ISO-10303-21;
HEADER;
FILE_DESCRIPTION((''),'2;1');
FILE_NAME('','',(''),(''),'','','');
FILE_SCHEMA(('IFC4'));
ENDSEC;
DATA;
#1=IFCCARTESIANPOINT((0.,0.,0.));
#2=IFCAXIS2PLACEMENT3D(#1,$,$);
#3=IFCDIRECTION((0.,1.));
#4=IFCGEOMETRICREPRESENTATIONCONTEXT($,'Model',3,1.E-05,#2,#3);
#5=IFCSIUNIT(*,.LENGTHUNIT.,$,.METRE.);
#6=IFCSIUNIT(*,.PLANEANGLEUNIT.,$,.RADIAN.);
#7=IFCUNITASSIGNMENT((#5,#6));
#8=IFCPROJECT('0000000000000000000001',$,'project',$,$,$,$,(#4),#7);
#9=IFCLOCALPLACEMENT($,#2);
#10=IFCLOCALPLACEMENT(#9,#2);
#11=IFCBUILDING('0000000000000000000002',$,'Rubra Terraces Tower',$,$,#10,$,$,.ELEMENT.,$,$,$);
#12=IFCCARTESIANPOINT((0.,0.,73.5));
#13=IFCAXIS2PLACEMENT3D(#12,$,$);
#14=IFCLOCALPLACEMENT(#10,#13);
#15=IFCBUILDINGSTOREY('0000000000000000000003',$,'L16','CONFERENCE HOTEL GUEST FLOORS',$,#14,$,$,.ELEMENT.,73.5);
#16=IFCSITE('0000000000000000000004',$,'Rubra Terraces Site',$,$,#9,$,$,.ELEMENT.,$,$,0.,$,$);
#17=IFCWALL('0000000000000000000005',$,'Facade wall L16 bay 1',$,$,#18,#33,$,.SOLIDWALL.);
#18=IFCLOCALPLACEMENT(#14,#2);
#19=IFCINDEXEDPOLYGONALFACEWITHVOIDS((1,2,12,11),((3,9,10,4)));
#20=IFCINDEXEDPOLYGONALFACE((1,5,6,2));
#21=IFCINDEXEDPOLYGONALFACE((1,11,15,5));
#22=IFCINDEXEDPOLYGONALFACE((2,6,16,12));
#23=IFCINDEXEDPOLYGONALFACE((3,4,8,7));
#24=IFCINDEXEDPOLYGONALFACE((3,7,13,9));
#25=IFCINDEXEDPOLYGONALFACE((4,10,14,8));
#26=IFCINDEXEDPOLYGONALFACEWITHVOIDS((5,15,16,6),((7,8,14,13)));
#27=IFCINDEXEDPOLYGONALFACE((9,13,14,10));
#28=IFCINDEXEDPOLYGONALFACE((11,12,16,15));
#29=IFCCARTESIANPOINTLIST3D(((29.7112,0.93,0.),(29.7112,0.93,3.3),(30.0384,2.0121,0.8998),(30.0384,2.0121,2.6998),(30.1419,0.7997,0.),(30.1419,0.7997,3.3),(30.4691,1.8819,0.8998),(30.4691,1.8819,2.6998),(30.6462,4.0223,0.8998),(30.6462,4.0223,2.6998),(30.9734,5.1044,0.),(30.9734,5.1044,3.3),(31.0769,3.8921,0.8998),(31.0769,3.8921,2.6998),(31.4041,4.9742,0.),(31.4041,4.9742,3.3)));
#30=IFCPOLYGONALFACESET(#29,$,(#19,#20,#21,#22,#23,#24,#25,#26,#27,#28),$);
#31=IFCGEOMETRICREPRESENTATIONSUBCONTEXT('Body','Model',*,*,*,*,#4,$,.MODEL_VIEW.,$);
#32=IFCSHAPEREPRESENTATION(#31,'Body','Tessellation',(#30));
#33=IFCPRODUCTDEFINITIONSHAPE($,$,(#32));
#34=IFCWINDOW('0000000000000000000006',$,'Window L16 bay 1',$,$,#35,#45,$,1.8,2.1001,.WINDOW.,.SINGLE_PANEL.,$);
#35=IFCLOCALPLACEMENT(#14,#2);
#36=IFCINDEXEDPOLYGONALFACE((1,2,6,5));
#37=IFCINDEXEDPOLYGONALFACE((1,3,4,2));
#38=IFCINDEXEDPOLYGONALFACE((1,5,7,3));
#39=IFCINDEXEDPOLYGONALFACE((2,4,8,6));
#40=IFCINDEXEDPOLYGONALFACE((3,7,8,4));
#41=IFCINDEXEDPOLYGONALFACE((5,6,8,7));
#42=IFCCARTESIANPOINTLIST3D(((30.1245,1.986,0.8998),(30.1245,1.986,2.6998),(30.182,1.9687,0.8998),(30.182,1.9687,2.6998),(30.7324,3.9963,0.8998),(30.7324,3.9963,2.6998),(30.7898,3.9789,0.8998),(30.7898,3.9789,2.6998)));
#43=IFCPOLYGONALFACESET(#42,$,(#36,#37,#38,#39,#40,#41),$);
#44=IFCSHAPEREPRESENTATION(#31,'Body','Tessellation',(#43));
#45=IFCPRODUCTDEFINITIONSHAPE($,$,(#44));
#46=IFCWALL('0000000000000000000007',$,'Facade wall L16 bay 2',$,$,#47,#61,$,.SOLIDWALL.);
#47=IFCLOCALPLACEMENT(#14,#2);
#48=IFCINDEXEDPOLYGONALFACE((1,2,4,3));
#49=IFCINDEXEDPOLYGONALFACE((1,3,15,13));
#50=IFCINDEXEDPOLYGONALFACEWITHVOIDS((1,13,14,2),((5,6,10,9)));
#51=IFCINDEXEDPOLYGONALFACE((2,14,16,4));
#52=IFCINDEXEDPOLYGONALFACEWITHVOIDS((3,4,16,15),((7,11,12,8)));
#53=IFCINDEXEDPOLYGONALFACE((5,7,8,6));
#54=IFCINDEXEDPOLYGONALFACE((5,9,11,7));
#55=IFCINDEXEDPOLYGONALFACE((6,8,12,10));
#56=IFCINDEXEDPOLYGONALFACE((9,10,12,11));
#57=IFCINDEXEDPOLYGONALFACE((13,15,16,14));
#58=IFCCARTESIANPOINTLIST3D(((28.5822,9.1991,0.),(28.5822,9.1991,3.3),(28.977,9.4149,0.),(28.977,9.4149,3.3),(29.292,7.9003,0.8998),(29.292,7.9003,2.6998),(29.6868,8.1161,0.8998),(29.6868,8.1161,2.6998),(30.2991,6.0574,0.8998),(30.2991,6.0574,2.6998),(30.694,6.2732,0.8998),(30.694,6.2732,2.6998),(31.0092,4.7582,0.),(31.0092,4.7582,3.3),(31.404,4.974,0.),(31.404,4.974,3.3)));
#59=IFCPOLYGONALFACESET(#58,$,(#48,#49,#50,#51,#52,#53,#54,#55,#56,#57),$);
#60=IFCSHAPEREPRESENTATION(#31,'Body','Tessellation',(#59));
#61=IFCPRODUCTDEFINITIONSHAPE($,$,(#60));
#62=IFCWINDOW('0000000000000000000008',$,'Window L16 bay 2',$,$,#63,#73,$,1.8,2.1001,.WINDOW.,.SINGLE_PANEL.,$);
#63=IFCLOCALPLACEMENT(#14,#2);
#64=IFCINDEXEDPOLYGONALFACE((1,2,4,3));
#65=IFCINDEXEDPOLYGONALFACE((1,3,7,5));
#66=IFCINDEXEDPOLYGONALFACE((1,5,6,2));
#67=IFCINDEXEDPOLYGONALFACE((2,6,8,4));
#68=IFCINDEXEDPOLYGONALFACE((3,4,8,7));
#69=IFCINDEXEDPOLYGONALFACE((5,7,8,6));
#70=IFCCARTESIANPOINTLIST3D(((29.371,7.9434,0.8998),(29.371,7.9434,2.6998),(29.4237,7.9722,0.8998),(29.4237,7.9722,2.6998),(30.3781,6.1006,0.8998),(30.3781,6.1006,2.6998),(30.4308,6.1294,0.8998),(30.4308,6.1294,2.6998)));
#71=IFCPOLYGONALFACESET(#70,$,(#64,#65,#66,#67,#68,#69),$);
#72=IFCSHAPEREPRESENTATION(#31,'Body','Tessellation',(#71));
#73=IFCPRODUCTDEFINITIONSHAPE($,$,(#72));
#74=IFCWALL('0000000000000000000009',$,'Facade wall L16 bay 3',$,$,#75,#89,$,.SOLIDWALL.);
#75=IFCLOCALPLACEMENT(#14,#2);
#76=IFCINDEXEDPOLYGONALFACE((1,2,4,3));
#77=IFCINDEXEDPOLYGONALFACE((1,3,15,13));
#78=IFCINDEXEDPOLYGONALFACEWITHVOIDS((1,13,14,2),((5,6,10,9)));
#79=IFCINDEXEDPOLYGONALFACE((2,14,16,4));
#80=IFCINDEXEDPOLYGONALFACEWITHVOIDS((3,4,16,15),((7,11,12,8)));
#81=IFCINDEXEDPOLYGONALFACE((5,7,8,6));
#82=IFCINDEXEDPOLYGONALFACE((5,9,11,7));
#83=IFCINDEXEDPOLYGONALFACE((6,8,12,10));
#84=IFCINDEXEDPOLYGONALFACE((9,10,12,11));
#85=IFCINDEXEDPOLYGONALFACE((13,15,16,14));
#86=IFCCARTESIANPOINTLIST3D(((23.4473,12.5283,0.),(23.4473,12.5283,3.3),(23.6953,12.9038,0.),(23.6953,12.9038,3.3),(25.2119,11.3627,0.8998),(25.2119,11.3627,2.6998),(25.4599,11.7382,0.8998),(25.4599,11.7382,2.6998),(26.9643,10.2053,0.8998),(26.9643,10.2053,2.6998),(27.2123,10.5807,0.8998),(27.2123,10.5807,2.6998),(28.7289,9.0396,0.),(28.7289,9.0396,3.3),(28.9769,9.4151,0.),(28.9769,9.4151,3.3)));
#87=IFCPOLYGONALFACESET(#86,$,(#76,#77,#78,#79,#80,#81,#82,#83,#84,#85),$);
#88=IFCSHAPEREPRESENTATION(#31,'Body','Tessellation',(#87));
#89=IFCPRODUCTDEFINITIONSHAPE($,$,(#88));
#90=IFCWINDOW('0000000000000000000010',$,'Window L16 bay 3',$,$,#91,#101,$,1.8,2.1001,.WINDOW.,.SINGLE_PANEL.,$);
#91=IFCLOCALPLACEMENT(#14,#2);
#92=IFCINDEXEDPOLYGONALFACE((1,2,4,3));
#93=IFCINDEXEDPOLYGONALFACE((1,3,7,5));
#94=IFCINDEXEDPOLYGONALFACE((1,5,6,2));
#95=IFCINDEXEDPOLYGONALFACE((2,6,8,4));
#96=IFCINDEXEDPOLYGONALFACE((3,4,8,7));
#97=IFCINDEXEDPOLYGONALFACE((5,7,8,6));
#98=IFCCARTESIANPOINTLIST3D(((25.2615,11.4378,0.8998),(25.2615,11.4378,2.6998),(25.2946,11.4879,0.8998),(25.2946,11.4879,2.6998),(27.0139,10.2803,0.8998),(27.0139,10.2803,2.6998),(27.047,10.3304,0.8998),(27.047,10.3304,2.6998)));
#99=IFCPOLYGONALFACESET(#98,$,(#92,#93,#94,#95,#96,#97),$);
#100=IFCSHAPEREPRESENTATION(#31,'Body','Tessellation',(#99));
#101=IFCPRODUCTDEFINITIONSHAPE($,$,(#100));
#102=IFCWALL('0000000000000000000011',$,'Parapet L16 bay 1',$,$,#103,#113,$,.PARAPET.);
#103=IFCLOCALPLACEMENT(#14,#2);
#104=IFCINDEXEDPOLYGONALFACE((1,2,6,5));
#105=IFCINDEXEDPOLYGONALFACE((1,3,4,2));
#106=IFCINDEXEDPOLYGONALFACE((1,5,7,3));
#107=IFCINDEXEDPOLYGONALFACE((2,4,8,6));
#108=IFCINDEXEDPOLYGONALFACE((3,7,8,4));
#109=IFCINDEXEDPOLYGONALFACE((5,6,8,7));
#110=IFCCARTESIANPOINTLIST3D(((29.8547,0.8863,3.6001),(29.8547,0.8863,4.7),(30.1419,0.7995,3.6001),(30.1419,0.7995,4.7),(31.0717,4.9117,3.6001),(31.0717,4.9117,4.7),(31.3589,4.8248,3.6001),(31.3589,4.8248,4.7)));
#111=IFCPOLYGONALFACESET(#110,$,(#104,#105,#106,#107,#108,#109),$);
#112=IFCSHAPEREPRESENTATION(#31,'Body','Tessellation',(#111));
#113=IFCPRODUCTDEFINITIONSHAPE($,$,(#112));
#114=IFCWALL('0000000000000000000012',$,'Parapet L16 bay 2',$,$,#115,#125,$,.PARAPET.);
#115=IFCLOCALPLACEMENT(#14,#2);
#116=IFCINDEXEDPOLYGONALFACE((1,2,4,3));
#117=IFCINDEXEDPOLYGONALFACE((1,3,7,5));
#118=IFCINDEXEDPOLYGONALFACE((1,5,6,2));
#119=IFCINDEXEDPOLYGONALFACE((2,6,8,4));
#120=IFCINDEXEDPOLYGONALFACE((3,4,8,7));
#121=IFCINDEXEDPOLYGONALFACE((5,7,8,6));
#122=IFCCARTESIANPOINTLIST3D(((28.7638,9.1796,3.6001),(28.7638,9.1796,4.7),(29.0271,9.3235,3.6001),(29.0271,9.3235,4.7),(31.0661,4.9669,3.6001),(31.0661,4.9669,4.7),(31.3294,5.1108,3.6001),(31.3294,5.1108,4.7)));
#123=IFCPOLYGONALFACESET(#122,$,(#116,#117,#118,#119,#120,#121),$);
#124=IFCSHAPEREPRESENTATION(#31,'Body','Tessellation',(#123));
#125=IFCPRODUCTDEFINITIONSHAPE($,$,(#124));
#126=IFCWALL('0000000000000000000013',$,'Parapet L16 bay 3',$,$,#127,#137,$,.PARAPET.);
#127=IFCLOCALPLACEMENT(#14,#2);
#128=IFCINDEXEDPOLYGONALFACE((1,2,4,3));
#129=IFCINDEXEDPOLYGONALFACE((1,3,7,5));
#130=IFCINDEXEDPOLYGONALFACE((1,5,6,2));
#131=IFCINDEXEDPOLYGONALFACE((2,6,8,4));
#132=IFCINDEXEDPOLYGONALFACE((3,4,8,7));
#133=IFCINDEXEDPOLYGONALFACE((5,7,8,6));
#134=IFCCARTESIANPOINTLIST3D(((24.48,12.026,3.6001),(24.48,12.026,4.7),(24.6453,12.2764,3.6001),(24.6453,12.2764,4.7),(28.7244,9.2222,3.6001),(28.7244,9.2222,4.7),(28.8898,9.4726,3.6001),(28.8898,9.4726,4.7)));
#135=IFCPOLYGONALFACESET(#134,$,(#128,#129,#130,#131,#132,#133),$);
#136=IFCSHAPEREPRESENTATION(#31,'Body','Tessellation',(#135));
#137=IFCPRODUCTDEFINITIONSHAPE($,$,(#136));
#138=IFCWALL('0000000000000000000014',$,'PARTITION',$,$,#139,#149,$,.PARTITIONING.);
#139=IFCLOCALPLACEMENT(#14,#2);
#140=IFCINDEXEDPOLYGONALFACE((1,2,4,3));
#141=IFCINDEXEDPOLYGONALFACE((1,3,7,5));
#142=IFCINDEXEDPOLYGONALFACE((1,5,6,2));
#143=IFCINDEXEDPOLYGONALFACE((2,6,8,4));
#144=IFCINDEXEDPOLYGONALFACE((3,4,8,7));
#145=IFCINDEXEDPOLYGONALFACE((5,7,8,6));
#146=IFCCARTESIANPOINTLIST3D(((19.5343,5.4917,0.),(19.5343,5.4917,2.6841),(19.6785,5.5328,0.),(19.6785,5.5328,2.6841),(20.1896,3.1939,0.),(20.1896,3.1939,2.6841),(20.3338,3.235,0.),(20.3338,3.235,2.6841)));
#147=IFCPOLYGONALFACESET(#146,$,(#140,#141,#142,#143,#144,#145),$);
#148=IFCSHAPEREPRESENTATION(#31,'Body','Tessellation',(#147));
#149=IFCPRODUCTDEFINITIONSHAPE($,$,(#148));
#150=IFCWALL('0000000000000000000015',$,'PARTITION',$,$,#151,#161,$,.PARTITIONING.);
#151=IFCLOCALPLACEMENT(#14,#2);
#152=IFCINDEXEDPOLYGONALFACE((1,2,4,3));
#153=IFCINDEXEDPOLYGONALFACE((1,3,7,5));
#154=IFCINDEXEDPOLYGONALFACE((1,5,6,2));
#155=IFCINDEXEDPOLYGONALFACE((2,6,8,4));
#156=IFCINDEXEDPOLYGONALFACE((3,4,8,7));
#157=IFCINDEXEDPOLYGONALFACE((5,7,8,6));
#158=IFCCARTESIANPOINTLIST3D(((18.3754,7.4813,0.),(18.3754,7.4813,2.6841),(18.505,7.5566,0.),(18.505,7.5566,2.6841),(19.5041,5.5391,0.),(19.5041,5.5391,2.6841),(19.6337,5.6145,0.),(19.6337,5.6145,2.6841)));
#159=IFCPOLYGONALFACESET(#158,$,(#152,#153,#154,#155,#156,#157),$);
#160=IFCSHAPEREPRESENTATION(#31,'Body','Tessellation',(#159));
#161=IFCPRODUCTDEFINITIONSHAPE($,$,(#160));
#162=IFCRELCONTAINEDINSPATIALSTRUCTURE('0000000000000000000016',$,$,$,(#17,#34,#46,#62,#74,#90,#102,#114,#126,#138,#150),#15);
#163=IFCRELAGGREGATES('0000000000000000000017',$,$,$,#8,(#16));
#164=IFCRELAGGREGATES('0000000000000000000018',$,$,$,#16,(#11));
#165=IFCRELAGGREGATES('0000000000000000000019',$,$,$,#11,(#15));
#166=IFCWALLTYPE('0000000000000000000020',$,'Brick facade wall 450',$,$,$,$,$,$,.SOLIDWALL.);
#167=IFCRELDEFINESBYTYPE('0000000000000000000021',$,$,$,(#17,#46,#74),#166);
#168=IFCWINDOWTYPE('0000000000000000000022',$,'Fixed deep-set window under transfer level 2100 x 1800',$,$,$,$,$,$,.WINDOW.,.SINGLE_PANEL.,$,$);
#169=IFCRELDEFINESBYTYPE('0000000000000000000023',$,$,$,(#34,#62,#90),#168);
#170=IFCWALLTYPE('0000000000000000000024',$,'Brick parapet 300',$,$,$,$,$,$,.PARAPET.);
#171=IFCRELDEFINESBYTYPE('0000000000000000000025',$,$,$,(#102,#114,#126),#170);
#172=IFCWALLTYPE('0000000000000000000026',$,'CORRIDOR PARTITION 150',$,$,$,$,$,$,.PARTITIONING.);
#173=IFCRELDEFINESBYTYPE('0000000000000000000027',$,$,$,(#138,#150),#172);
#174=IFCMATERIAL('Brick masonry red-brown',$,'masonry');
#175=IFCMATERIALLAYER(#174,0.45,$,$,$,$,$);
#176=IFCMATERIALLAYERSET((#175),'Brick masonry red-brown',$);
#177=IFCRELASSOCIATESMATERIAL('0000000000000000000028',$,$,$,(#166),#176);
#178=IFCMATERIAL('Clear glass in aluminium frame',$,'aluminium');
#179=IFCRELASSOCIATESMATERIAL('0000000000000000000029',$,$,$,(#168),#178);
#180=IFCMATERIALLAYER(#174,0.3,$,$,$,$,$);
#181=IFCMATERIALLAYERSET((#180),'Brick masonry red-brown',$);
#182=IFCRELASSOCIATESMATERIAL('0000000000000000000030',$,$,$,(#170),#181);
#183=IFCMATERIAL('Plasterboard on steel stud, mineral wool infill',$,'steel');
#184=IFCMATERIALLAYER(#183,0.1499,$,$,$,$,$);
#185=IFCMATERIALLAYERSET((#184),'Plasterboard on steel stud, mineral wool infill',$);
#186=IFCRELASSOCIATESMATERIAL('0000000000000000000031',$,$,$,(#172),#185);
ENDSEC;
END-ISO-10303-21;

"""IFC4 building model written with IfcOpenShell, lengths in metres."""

from ifc_helpers import new_model, si_unit, direction, frame, frame_2d, origin, place, context, subcontext, project, spatial, rectangle, extrude, material, layer, layer_set, type_object, element, fill, save


model = new_model("IFC4")

# Units and contexts
model_context = context("Model", 3, precision=1e-05, world=origin(), true_north=direction((0.0, 1.0)))
body_context = subcontext(model_context, "Body", "Model", "MODEL_VIEW")
ifc_project = project(units=[si_unit("LENGTHUNIT", "METRE"), si_unit("PLANEANGLEUNIT", "RADIAN")], contexts=[model_context])

# Site, building, storey
site_placement = place(None, origin())
site = spatial("IfcSite", under=ifc_project, at=site_placement, Name="Rubra Terraces Site", CompositionType="ELEMENT", RefElevation=0.0)
building_placement = place(site_placement, origin())
building = spatial("IfcBuilding", under=site, at=building_placement, Name="Rubra Terraces Tower", CompositionType="ELEMENT")
storey_placement = place(building_placement, frame((0.0, 0.0, 73.5)))
storey = spatial("IfcBuildingStorey", under=building, at=storey_placement, Name="L16", Description="CONFERENCE HOTEL GUEST FLOORS", CompositionType="ELEMENT", Elevation=73.5)

# Walls, openings, windows
ifc_material_1 = material(Name="Brick masonry red-brown", Category="masonry")
ifc_layer_1 = layer(ifc_material_1, 0.45)
ifc_layer_set_1 = layer_set([ifc_layer_1], Name="Brick masonry red-brown")
wall_type_1 = type_object("IfcWallType", Name="Brick facade wall 450", PredefinedType="SOLIDWALL", material=ifc_layer_set_1)
wall_1_placement = place(storey_placement, frame((29.9265, 0.8647, 0.0), z_axis=(0.0, 0.0, 1.0), x_axis=(0.289432, 0.957198, 0.0)))
wall_1 = element("IfcWall", 1, at=wall_1_placement, inside=storey, type_object=wall_type_1, Name="Facade wall L16 bay 1", PredefinedType="SOLIDWALL", context=body_context, shape_type="SweptSolid", body=[
    extrude(rectangle(XDim=4.3611, YDim=0.45, at=frame_2d((2.1807, 0.0))), origin(), (0.0, 0.0, 1.0), 3.3),
])
opening_1_placement = place(wall_1_placement, frame((1.1306, 0.0, 0.8999)))
opening_1 = element("IfcOpeningElement", 2, at=opening_1_placement, cuts=wall_1, PredefinedType="OPENING", context=body_context, shape_type="SweptSolid", body=[
    extrude(rectangle(XDim=2.1001, YDim=1.8, at=frame_2d((1.05, 0.8999))), frame((0.0, 0.2349, 0.0), z_axis=(0.0, -1.0, 0.0), x_axis=(1.0, 0.0, 0.0)), (0.0, 0.0, 1.0), 0.47),
])
ifc_material_2 = material(Name="Clear glass in aluminium frame", Category="aluminium")
window_type = type_object("IfcWindowType", Name="Fixed deep-set window under transfer level 2100 x 1800", PartitioningType="SINGLE_PANEL", PredefinedType="WINDOW", material=ifc_material_2)
window_1_placement = place(opening_1_placement, origin())
window_1 = element("IfcWindow", 3, at=window_1_placement, inside=storey, type_object=window_type, Name="Window L16 bay 1", OverallHeight=1.8, OverallWidth=2.1001, PartitioningType="SINGLE_PANEL", PredefinedType="WINDOW", context=body_context, shape_type="SweptSolid", body=[
    extrude(rectangle(XDim=2.1001, YDim=1.8, at=frame_2d((1.05, 0.8999))), frame((0.0, 0.135, 0.0), z_axis=(0.0, -1.0, 0.0), x_axis=(1.0, 0.0, 0.0)), (0.0, 0.0, 1.0), 0.0601),
])
fill(opening_1, window_1)
wall_2_placement = place(storey_placement, frame((31.2065, 4.8662, 0.0), z_axis=(0.0, 0.0, 1.0), x_axis=(-0.479565, 0.877506, 0.0)))
wall_2 = element("IfcWall", 4, at=wall_2_placement, inside=storey, type_object=wall_type_1, Name="Facade wall L16 bay 2", PredefinedType="SOLIDWALL", context=body_context, shape_type="SweptSolid", body=[
    extrude(rectangle(XDim=5.0608, YDim=0.45, at=frame_2d((2.5303, 0.0))), origin(), (0.0, 0.0, 1.0), 3.3),
])
opening_2_placement = place(wall_2_placement, frame((1.4805, 0.0, 0.8999)))
opening_2 = element("IfcOpeningElement", 5, at=opening_2_placement, cuts=wall_2, PredefinedType="OPENING", context=body_context, shape_type="SweptSolid", body=[
    extrude(rectangle(XDim=2.1001, YDim=1.8, at=frame_2d((1.05, 0.8999))), frame((0.0, 0.2349, 0.0), z_axis=(0.0, -1.0, 0.0), x_axis=(1.0, 0.0, 0.0)), (0.0, 0.0, 1.0), 0.47),
])
window_2_placement = place(opening_2_placement, origin())
window_2 = element("IfcWindow", 6, at=window_2_placement, inside=storey, type_object=window_type, Name="Window L16 bay 2", OverallHeight=1.8, OverallWidth=2.1001, PartitioningType="SINGLE_PANEL", PredefinedType="WINDOW", context=body_context, shape_type="SweptSolid", body=[
    extrude(rectangle(XDim=2.1001, YDim=1.8, at=frame_2d((1.05, 0.8999))), frame((0.0, 0.135, 0.0), z_axis=(0.0, -1.0, 0.0), x_axis=(1.0, 0.0, 0.0)), (0.0, 0.0, 1.0), 0.0601),
])
fill(opening_2, window_2)
wall_3_placement = place(storey_placement, frame((28.853, 9.2273, 0.0), z_axis=(0.0, 0.0, 1.0), x_axis=(-0.834404, 0.551153, 0.0)))
wall_3 = element("IfcWall", 7, at=wall_3_placement, inside=storey, type_object=wall_type_1, Name="Facade wall L16 bay 3", PredefinedType="SOLIDWALL", context=body_context, shape_type="SweptSolid", body=[
    extrude(rectangle(XDim=6.3298, YDim=0.45, at=frame_2d((3.165, 0.0))), origin(), (0.0, 0.0, 1.0), 3.3),
])
opening_3_placement = place(wall_3_placement, frame((2.115, 0.0, 0.8999)))
opening_3 = element("IfcOpeningElement", 8, at=opening_3_placement, cuts=wall_3, PredefinedType="OPENING", context=body_context, shape_type="SweptSolid", body=[
    extrude(rectangle(XDim=2.1001, YDim=1.8, at=frame_2d((1.05, 0.8999))), frame((0.0, 0.2349, 0.0), z_axis=(0.0, -1.0, 0.0), x_axis=(1.0, 0.0, 0.0)), (0.0, 0.0, 1.0), 0.47),
])
window_3_placement = place(opening_3_placement, origin())
window_3 = element("IfcWindow", 9, at=window_3_placement, inside=storey, type_object=window_type, Name="Window L16 bay 3", OverallHeight=1.8, OverallWidth=2.1001, PartitioningType="SINGLE_PANEL", PredefinedType="WINDOW", context=body_context, shape_type="SweptSolid", body=[
    extrude(rectangle(XDim=2.1001, YDim=1.8, at=frame_2d((1.05, 0.8999))), frame((0.0, 0.135, 0.0), z_axis=(0.0, -1.0, 0.0), x_axis=(1.0, 0.0, 0.0)), (0.0, 0.0, 1.0), 0.0601),
])
fill(opening_3, window_3)

# Walls
ifc_layer_2 = layer(ifc_material_1, 0.3)
ifc_layer_set_2 = layer_set([ifc_layer_2], Name="Brick masonry red-brown")
wall_type_2 = type_object("IfcWallType", Name="Brick parapet 300", PredefinedType="PARAPET", material=ifc_layer_set_2)
wall_4_placement = place(storey_placement, frame((29.9983, 0.843, 3.6001), z_axis=(0.0, 0.0, 1.0), x_axis=(0.289403, 0.957207, 0.0)))
element("IfcWall", 10, at=wall_4_placement, inside=storey, type_object=wall_type_2, Name="Parapet L16 bay 1", PredefinedType="PARAPET", context=body_context, shape_type="SweptSolid", body=[
    extrude(rectangle(XDim=4.2053, YDim=0.3, at=frame_2d((2.1025, 0.0))), origin(), (0.0, 0.0, 1.0), 1.0999),
])
wall_5_placement = place(storey_placement, frame((31.1978, 5.0388, 3.6001), z_axis=(0.0, 0.0, 1.0), x_axis=(-0.479565, 0.877507, 0.0)))
element("IfcWall", 11, at=wall_5_placement, inside=storey, type_object=wall_type_2, Name="Parapet L16 bay 2", PredefinedType="PARAPET", context=body_context, shape_type="SweptSolid", body=[
    extrude(rectangle(XDim=4.8008, YDim=0.3, at=frame_2d((2.4004, 0.0))), origin(), (0.0, 0.0, 1.0), 1.0999),
])
wall_6_placement = place(storey_placement, frame((28.8071, 9.3474, 3.6001), z_axis=(0.0, 0.0, 1.0), x_axis=(-0.834391, 0.551173, 0.0)))
element("IfcWall", 12, at=wall_6_placement, inside=storey, type_object=wall_type_2, Name="Parapet L16 bay 3", PredefinedType="PARAPET", context=body_context, shape_type="SweptSolid", body=[
    extrude(rectangle(XDim=5.0869, YDim=0.3, at=frame_2d((2.5435, 0.0))), origin(), (0.0, 0.0, 1.0), 1.0999),
])
ifc_material_3 = material(Name="Plasterboard on steel stud, mineral wool infill", Category="steel")
ifc_layer_3 = layer(ifc_material_3, 0.1499)
ifc_layer_set_3 = layer_set([ifc_layer_3], Name="Plasterboard on steel stud, mineral wool infill")
wall_type_3 = type_object("IfcWallType", Name="CORRIDOR PARTITION 150", PredefinedType="PARTITIONING", material=ifc_layer_set_3)
wall_7_placement = place(storey_placement, frame((20.2617, 3.2144, 0.0), z_axis=(0.0, 0.0, 1.0), x_axis=(-0.274235, 0.961663, 0.0)))
element("IfcWall", 13, at=wall_7_placement, inside=storey, type_object=wall_type_3, Name="PARTITION", PredefinedType="PARTITIONING", context=body_context, shape_type="SweptSolid", body=[
    extrude(rectangle(XDim=2.3894, YDim=0.1499, at=frame_2d((1.1948, 0.0))), origin(), (0.0, 0.0, 1.0), 2.6841),
])
wall_8_placement = place(storey_placement, frame((19.5688, 5.5769, 0.0), z_axis=(0.0, 0.0, 1.0), x_axis=(-0.502458, 0.864602, 0.0)))
element("IfcWall", 14, at=wall_8_placement, inside=storey, type_object=wall_type_3, Name="PARTITION", PredefinedType="PARTITIONING", context=body_context, shape_type="SweptSolid", body=[
    extrude(rectangle(XDim=2.2463, YDim=0.1499, at=frame_2d((1.123, 0.0))), origin(), (0.0, 0.0, 1.0), 2.6841),
])

save(model, "model.ifc")
